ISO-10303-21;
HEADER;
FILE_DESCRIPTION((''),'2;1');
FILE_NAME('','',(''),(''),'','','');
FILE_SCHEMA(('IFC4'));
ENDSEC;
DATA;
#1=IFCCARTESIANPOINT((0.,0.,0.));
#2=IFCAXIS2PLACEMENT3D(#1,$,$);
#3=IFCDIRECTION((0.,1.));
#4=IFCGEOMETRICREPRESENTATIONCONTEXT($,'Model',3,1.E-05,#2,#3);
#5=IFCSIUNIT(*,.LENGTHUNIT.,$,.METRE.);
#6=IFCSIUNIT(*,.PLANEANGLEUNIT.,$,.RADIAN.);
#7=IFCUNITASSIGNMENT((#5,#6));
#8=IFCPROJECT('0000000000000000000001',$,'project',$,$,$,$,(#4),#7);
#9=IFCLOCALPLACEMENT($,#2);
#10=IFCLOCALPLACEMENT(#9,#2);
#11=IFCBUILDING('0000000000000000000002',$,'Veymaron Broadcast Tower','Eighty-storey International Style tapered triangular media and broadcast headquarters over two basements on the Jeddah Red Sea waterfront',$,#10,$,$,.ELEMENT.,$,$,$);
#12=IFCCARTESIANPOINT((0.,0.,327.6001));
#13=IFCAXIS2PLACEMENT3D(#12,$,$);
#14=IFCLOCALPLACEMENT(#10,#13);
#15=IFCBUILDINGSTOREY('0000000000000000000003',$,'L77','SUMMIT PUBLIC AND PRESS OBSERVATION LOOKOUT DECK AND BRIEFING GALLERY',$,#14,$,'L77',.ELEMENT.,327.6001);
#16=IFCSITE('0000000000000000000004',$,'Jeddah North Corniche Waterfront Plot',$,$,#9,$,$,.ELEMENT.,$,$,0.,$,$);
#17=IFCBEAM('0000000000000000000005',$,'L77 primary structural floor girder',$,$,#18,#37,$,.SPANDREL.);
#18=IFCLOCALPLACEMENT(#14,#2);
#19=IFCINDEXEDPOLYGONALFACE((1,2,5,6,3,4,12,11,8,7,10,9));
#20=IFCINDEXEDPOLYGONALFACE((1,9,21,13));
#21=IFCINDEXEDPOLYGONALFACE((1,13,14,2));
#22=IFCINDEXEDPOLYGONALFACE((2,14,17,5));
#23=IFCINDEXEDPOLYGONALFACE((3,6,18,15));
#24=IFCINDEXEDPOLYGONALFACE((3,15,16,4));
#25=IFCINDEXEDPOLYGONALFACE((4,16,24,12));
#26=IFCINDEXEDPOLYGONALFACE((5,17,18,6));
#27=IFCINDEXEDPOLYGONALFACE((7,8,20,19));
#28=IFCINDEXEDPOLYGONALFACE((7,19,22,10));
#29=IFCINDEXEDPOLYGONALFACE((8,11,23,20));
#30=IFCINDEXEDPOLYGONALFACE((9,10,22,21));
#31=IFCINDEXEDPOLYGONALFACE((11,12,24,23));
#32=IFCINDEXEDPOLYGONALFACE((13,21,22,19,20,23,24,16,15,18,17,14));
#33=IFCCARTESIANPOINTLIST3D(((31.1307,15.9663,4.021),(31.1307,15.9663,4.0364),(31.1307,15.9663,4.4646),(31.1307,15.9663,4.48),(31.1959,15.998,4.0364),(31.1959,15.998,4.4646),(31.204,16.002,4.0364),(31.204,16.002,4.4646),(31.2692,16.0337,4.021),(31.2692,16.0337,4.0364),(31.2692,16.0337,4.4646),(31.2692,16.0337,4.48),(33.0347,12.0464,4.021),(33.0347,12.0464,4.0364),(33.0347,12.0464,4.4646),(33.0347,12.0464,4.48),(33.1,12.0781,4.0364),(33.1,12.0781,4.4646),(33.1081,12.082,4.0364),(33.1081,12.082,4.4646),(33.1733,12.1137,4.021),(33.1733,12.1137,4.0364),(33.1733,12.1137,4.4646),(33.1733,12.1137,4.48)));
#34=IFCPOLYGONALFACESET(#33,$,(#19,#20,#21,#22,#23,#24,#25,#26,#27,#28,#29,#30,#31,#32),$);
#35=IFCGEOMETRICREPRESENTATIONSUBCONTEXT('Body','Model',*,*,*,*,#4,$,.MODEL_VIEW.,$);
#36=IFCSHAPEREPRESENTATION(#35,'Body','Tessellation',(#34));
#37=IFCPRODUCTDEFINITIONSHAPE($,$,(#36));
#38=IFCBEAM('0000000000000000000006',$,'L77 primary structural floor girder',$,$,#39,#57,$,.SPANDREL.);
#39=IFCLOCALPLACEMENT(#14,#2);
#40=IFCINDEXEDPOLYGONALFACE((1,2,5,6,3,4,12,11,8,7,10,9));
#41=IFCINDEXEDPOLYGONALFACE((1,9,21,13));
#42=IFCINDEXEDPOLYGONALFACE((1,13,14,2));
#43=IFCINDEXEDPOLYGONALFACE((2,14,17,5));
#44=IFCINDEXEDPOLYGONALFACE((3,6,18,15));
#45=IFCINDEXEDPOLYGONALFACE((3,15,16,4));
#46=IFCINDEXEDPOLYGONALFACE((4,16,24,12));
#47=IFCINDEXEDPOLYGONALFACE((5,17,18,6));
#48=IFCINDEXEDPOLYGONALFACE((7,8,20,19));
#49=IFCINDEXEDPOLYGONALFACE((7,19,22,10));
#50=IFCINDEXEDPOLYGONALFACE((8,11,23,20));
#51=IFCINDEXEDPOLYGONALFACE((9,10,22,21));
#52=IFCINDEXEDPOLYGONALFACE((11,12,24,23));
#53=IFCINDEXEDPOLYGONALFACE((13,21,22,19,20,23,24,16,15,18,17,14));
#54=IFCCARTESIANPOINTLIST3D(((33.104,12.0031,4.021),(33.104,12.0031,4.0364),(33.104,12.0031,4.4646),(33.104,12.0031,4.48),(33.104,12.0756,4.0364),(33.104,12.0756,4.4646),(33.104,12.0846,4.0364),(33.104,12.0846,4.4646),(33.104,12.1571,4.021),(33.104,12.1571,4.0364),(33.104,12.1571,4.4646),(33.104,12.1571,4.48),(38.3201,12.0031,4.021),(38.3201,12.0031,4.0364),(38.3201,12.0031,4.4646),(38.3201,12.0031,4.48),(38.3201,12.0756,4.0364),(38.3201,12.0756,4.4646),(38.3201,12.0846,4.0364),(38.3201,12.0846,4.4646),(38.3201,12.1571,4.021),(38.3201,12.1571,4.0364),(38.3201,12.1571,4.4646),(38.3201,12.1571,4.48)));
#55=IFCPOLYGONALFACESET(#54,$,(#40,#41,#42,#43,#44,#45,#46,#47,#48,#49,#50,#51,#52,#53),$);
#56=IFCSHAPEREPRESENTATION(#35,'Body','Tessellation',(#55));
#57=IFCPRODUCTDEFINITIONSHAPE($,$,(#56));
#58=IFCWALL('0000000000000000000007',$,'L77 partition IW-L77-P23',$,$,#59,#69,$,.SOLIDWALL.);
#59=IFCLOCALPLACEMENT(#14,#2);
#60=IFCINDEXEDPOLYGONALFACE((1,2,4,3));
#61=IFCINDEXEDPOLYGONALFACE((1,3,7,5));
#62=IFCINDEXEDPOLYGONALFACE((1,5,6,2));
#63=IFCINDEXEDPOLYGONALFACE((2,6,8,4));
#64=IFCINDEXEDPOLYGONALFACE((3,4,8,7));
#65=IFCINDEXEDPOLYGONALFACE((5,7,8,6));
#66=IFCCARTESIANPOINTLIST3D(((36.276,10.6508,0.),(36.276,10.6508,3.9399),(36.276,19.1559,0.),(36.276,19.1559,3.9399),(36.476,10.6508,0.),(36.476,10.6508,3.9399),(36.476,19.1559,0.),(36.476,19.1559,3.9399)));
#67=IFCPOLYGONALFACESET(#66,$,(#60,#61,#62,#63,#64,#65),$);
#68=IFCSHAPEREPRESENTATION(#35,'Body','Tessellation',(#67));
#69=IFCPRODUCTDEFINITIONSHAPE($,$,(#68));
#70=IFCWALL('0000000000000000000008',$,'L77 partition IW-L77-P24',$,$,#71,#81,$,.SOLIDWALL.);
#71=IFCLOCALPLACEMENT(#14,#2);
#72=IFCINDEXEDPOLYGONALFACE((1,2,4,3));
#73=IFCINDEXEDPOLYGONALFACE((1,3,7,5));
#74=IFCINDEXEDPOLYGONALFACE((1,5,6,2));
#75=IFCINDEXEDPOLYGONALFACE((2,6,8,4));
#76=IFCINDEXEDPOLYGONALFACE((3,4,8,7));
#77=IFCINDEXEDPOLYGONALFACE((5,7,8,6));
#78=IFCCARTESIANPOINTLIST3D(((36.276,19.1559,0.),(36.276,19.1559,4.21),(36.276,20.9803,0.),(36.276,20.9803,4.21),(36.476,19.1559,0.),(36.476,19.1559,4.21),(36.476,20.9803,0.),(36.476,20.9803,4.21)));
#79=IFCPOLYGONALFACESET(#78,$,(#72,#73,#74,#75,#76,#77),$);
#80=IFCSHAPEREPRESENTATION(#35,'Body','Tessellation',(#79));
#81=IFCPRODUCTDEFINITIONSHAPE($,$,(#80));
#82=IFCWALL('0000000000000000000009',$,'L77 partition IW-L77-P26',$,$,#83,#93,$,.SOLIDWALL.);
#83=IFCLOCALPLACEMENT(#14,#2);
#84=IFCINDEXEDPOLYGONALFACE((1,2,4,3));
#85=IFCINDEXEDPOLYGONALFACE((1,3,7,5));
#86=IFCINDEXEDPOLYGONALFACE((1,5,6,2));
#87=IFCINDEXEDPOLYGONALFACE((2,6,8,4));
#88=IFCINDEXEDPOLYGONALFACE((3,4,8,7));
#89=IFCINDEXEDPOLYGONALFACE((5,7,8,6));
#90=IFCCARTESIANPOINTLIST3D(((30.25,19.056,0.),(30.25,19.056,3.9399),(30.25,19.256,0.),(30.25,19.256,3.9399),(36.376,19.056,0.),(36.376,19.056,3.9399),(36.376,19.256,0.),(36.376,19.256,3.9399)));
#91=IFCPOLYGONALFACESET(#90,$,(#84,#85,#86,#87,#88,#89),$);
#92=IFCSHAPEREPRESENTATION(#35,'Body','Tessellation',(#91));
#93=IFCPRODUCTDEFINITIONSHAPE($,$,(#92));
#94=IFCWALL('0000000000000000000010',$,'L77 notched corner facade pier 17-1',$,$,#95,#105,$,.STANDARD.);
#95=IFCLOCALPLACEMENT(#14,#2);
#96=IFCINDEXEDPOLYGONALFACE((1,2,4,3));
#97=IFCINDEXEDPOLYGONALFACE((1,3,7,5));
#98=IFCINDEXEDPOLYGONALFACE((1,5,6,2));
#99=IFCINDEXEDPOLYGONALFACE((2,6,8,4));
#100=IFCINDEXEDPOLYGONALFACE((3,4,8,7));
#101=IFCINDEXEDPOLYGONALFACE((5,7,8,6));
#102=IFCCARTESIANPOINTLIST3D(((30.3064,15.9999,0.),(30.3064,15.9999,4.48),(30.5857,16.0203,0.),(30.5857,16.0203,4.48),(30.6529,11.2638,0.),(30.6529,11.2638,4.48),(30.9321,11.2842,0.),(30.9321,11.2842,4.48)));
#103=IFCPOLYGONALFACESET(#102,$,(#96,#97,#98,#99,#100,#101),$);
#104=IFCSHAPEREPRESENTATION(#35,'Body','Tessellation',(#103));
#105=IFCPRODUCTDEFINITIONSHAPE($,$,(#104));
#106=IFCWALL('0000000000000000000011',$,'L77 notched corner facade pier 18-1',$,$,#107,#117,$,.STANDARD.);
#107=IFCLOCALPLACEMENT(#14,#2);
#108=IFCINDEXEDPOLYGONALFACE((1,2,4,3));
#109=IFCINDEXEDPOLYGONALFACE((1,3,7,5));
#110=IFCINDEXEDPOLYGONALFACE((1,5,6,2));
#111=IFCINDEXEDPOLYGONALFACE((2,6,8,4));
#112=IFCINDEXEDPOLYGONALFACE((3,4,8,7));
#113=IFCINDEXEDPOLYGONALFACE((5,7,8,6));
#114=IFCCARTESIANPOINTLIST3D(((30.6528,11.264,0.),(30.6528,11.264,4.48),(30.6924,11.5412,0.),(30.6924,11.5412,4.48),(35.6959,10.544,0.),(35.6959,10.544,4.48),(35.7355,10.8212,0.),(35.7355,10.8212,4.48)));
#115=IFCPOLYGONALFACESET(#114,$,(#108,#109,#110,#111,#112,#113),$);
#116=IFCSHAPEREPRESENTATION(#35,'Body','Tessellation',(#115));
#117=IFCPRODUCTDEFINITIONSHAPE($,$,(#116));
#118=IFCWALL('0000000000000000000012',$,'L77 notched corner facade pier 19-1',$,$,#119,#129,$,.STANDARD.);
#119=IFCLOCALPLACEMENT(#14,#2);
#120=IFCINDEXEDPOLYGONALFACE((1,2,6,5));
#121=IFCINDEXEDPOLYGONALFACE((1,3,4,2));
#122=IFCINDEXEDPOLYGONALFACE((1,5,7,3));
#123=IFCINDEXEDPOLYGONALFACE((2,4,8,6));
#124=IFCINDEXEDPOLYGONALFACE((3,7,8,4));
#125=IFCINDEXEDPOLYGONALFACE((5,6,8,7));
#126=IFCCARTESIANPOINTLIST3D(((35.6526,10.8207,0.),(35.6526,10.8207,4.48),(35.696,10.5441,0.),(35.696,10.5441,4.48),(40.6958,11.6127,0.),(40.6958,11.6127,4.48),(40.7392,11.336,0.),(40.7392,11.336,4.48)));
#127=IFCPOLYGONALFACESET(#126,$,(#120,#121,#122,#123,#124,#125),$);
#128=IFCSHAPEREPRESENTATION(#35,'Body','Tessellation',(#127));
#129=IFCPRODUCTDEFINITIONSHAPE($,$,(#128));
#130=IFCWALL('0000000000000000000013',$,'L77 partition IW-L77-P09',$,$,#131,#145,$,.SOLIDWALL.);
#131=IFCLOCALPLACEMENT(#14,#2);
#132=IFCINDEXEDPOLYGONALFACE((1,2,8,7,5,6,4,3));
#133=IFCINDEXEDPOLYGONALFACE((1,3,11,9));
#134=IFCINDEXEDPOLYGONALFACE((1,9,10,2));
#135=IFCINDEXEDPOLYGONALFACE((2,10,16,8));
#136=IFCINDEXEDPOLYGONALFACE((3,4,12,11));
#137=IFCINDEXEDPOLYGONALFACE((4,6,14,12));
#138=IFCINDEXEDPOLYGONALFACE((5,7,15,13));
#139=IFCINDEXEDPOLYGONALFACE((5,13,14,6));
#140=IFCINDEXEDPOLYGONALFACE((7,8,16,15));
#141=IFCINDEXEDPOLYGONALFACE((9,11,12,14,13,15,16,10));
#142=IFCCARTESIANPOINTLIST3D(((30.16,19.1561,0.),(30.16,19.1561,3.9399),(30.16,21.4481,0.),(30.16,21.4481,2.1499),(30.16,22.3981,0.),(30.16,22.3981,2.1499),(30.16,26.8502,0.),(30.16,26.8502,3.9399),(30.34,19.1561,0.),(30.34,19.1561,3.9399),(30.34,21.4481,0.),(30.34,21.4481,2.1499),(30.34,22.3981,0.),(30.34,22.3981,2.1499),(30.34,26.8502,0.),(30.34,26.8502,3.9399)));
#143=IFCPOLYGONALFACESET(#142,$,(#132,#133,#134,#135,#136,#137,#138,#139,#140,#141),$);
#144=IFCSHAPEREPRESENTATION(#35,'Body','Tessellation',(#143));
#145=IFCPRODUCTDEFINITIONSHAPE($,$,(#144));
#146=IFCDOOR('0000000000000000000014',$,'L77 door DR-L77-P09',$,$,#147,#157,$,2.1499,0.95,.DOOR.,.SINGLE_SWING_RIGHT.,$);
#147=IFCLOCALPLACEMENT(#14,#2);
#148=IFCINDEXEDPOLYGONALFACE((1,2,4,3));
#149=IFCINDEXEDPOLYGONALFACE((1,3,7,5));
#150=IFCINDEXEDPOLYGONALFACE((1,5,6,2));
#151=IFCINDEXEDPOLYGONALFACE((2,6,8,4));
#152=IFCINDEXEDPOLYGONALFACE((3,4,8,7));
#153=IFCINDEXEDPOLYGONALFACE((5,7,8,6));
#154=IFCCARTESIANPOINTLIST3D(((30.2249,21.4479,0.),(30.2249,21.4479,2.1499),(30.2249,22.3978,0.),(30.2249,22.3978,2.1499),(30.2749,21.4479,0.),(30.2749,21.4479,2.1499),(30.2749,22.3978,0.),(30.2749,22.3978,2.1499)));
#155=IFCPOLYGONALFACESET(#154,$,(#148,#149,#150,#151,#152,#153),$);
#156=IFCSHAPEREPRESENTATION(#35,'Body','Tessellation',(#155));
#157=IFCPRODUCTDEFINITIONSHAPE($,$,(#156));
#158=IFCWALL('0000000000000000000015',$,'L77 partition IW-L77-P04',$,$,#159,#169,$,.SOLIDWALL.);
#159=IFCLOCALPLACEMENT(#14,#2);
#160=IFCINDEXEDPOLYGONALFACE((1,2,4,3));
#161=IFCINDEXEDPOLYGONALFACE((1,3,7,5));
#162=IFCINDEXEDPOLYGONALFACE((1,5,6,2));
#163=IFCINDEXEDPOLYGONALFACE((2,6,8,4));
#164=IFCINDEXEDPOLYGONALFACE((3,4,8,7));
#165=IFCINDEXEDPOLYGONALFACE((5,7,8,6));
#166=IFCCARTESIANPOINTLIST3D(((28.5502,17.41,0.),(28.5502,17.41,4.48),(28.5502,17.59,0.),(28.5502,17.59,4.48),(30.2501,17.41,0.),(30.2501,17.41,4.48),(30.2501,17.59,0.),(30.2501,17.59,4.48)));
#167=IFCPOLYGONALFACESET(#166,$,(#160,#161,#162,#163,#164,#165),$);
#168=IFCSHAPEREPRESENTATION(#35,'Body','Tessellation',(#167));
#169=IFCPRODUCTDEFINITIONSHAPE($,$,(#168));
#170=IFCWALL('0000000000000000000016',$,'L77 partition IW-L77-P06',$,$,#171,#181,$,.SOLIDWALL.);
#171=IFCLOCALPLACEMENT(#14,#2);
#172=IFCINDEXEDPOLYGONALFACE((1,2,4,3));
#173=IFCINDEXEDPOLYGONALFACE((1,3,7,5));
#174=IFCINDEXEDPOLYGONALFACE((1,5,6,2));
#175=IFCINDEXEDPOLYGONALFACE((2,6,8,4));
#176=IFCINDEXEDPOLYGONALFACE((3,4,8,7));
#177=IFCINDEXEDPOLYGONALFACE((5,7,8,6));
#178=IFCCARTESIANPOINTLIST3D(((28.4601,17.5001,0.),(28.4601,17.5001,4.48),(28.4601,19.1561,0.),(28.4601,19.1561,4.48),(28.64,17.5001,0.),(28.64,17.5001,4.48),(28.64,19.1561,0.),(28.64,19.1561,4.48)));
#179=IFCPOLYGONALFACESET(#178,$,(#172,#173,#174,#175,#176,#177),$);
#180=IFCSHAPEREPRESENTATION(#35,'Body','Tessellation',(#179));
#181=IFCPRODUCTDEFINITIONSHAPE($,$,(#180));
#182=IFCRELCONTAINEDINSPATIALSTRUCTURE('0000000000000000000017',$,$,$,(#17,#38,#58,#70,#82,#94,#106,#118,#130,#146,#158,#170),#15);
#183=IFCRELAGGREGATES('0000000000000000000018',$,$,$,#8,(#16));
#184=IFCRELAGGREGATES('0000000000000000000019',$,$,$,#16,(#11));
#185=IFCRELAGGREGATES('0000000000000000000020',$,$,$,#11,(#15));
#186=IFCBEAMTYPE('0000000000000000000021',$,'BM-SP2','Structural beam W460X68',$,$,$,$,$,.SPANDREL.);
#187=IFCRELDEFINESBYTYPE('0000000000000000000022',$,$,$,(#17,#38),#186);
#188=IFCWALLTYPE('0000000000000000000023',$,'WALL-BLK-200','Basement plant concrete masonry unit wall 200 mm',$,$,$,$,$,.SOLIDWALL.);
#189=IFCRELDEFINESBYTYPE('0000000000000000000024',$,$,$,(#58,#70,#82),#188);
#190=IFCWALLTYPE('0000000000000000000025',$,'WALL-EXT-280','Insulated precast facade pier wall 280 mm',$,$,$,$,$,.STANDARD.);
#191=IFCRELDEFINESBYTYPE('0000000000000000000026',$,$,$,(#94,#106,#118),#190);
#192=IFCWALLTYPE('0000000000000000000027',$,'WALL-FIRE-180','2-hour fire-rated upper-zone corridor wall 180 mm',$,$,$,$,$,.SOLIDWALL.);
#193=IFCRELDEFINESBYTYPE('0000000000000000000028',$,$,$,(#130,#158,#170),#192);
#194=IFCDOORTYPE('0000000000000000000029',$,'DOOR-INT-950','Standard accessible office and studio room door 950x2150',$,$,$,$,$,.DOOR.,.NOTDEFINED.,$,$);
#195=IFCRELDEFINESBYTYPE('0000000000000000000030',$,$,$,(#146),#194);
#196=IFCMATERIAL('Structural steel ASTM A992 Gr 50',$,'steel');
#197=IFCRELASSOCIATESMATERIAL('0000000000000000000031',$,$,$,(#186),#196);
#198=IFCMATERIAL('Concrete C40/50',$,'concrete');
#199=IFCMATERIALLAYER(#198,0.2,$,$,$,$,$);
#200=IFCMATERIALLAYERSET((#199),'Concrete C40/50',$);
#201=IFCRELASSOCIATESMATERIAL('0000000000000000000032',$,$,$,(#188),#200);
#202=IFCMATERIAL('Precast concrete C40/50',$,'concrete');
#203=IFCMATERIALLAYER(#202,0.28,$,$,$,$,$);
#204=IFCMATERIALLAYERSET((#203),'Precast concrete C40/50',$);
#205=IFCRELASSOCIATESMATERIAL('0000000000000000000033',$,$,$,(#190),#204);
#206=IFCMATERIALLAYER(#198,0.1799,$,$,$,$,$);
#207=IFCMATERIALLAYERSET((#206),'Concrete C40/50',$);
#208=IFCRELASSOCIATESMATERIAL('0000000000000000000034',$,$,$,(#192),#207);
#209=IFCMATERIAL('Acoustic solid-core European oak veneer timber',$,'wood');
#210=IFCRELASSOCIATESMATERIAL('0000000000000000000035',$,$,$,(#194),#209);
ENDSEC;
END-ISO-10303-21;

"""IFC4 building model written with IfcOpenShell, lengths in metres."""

from ifc_helpers import new_model, si_unit, direction, frame, frame_2d, origin, origin_2d, place, context, subcontext, project, spatial, rectangle, i_section, extrude, material, layer, layer_set, material_profile, profile_set, type_object, element, fill, save


model = new_model("IFC4")

# Units and contexts
model_context = context("Model", 3, precision=1e-05, world=origin(), true_north=direction((0.0, 1.0)))
body_context = subcontext(model_context, "Body", "Model", "MODEL_VIEW")
ifc_project = project(units=[si_unit("LENGTHUNIT", "METRE"), si_unit("PLANEANGLEUNIT", "RADIAN")], contexts=[model_context])

# Site, building, storey
site_placement = place(None, origin())
site = spatial("IfcSite", under=ifc_project, at=site_placement, Name="Jeddah North Corniche Waterfront Plot", CompositionType="ELEMENT", RefElevation=0.0)
building_placement = place(site_placement, origin())
building = spatial("IfcBuilding", under=site, at=building_placement, Name="Veymaron Broadcast Tower", Description="Eighty-storey International Style tapered triangular media and broadcast headquarters over two basements on the Jeddah Red Sea waterfront", CompositionType="ELEMENT")
storey_placement = place(building_placement, frame((0.0, 0.0, 327.6001)))
storey = spatial("IfcBuildingStorey", under=building, at=storey_placement, Name="L77", Description="SUMMIT PUBLIC AND PRESS OBSERVATION LOOKOUT DECK AND BRIEFING GALLERY", LongName="L77", CompositionType="ELEMENT", Elevation=327.6001)

# Shared definitions
ifc_material_1 = material(Name="Structural steel ASTM A992 Gr 50", Category="steel")

# Beams
ifc_material_profile_1 = material_profile(ifc_material_1, i_section(OverallWidth=0.1541, OverallDepth=0.459, WebThickness=0.009, FlangeThickness=0.0154, at=origin_2d()), Name="W460X68")
ifc_profile_set_1 = profile_set([ifc_material_profile_1], Name="Structural steel ASTM A992 Gr 50")
beam_type_1 = type_object("IfcBeamType", Name="BM-SP2", Description="Structural beam W460X68", PredefinedType="SPANDREL", material=ifc_profile_set_1)
beam_1_placement = place(storey_placement, frame((31.2, 16.0, 4.2505), z_axis=(0.436921, -0.8995, 0.0), x_axis=(0.8995, 0.436921, 0.0)))
element("IfcBeam", 1, at=beam_1_placement, inside=storey, type_object=beam_type_1, Name="L77 primary structural floor girder", PredefinedType="SPANDREL", context=body_context, shape_type="SweptSolid", body=[
    extrude(i_section(OverallWidth=0.1541, OverallDepth=0.459, WebThickness=0.009, FlangeThickness=0.0154, at=origin_2d()), origin(), (0.0, 0.0, 1.0), 4.3579),
])
beam_2_placement = place(storey_placement, frame((33.104, 12.0801, 4.2505), z_axis=(1.0, 0.0, 0.0), x_axis=(0.0, 1.0, 0.0)))
element("IfcBeam", 2, at=beam_2_placement, inside=storey, type_object=beam_type_1, Name="L77 primary structural floor girder", PredefinedType="SPANDREL", context=body_context, shape_type="SweptSolid", body=[
    extrude(i_section(OverallWidth=0.1541, OverallDepth=0.459, WebThickness=0.009, FlangeThickness=0.0154, at=origin_2d()), origin(), (0.0, 0.0, 1.0), 5.2161),
])

# Walls
ifc_material_2 = material(Name="Concrete C40/50", Category="concrete")
ifc_layer_1 = layer(ifc_material_2, 0.2)
ifc_layer_set_1 = layer_set([ifc_layer_1], Name="Concrete C40/50")
wall_type_1 = type_object("IfcWallType", Name="WALL-BLK-200", Description="Basement plant concrete masonry unit wall 200 mm", PredefinedType="SOLIDWALL", material=ifc_layer_set_1)
wall_1_placement = place(storey_placement, frame((36.376, 10.6509, 0.0), z_axis=(0.0, 0.0, 1.0), x_axis=(0.0, 1.0, 0.0)))
element("IfcWall", 3, at=wall_1_placement, inside=storey, type_object=wall_type_1, Name="L77 partition IW-L77-P23", PredefinedType="SOLIDWALL", context=body_context, shape_type="SweptSolid", body=[
    extrude(rectangle(XDim=8.5051, YDim=0.2, at=frame_2d((4.2524, 0.0))), origin(), (0.0, 0.0, 1.0), 3.9399),
])
wall_2_placement = place(storey_placement, frame((36.376, 19.156, 0.0), z_axis=(0.0, 0.0, 1.0), x_axis=(0.0, 1.0, 0.0)))
element("IfcWall", 4, at=wall_2_placement, inside=storey, type_object=wall_type_1, Name="L77 partition IW-L77-P24", PredefinedType="SOLIDWALL", context=body_context, shape_type="SweptSolid", body=[
    extrude(rectangle(XDim=1.8245, YDim=0.2, at=frame_2d((0.9121, 0.0))), origin(), (0.0, 0.0, 1.0), 4.21),
])
wall_3_placement = place(storey_placement, frame((30.25, 19.156, 0.0), z_axis=(0.0, 0.0, 1.0), x_axis=(1.0, 0.0, 0.0)))
element("IfcWall", 5, at=wall_3_placement, inside=storey, type_object=wall_type_1, Name="L77 partition IW-L77-P26", PredefinedType="SOLIDWALL", context=body_context, shape_type="SweptSolid", body=[
    extrude(rectangle(XDim=6.126, YDim=0.2, at=frame_2d((3.063, 0.0))), origin(), (0.0, 0.0, 1.0), 3.9399),
])
ifc_material_3 = material(Name="Precast concrete C40/50", Category="concrete")
ifc_layer_2 = layer(ifc_material_3, 0.28)
ifc_layer_set_2 = layer_set([ifc_layer_2], Name="Precast concrete C40/50")
wall_type_2 = type_object("IfcWallType", Name="WALL-EXT-280", Description="Insulated precast facade pier wall 280 mm", PredefinedType="STANDARD", material=ifc_layer_set_2)
wall_4_placement = place(storey_placement, frame((30.446, 16.0103, 0.0), z_axis=(0.0, 0.0, 1.0), x_axis=(0.072953, -0.997335, 0.0)))
element("IfcWall", 6, at=wall_4_placement, inside=storey, type_object=wall_type_2, Name="L77 notched corner facade pier 17-1", PredefinedType="STANDARD", context=body_context, shape_type="SweptSolid", body=[
    extrude(rectangle(XDim=4.7488, YDim=0.28, at=frame_2d((2.3745, 0.0))), origin(), (0.0, 0.0, 1.0), 4.48),
])
wall_5_placement = place(storey_placement, frame((30.6726, 11.4026, 0.0), z_axis=(0.0, 0.0, 1.0), x_axis=(0.989963, -0.141327, 0.0)))
element("IfcWall", 7, at=wall_5_placement, inside=storey, type_object=wall_type_2, Name="L77 notched corner facade pier 18-1", PredefinedType="STANDARD", context=body_context, shape_type="SweptSolid", body=[
    extrude(rectangle(XDim=5.0942, YDim=0.28, at=frame_2d((2.5471, 0.0))), origin(), (0.0, 0.0, 1.0), 4.48),
])
wall_6_placement = place(storey_placement, frame((35.6743, 10.6824, 0.0), z_axis=(0.0, 0.0, 1.0), x_axis=(0.987893, 0.15514, 0.0)))
element("IfcWall", 8, at=wall_6_placement, inside=storey, type_object=wall_type_2, Name="L77 notched corner facade pier 19-1", PredefinedType="STANDARD", context=body_context, shape_type="SweptSolid", body=[
    extrude(rectangle(XDim=5.105, YDim=0.28, at=frame_2d((2.5525, 0.0))), origin(), (0.0, 0.0, 1.0), 4.48),
])

# Wall, opening, door
ifc_layer_3 = layer(ifc_material_2, 0.1799)
ifc_layer_set_3 = layer_set([ifc_layer_3], Name="Concrete C40/50")
wall_type_3 = type_object("IfcWallType", Name="WALL-FIRE-180", Description="2-hour fire-rated upper-zone corridor wall 180 mm", PredefinedType="SOLIDWALL", material=ifc_layer_set_3)
ifc_material_4 = material(Name="Acoustic solid-core European oak veneer timber", Category="wood")
door_type_1 = type_object("IfcDoorType", Name="DOOR-INT-950", Description="Standard accessible office and studio room door 950x2150", OperationType="NOTDEFINED", PredefinedType="DOOR", material=ifc_material_4)
wall_7_placement = place(storey_placement, frame((30.25, 19.156, 0.0), z_axis=(0.0, 0.0, 1.0), x_axis=(0.0, 1.0, 0.0)))
wall_7 = element("IfcWall", 9, at=wall_7_placement, inside=storey, type_object=wall_type_3, Name="L77 partition IW-L77-P09", PredefinedType="SOLIDWALL", context=body_context, shape_type="SweptSolid", body=[
    extrude(rectangle(XDim=7.6941, YDim=0.1799, at=frame_2d((3.8472, 0.0))), origin(), (0.0, 0.0, 1.0), 3.9399),
])
opening_1_placement = place(wall_7_placement, frame((2.292, 0.0, 0.0)))
opening_1 = element("IfcOpeningElement", 10, at=opening_1_placement, cuts=wall_7, PredefinedType="OPENING", context=body_context, shape_type="SweptSolid", body=[
    extrude(rectangle(XDim=0.95, YDim=2.1499, at=frame_2d((0.4751, 1.075))), frame((0.0, 0.1001, 0.0), z_axis=(0.0, -1.0, 0.0), x_axis=(1.0, 0.0, 0.0)), (0.0, 0.0, 1.0), 0.2),
])
door_1_placement = place(opening_1_placement, frame((0.95, 0.0, 0.0), z_axis=(0.0, 0.0, 1.0), x_axis=(-1.0, 0.0, 0.0)))
door_1 = element("IfcDoor", 11, at=door_1_placement, inside=storey, type_object=door_type_1, Name="L77 door DR-L77-P09", OperationType="SINGLE_SWING_RIGHT", OverallHeight=2.1499, OverallWidth=0.95, PredefinedType="DOOR", context=body_context, shape_type="SweptSolid", body=[
    extrude(rectangle(XDim=0.95, YDim=2.1499, at=frame_2d((0.4751, 1.075))), frame((0.0, 0.0249, 0.0), z_axis=(0.0, -1.0, 0.0), x_axis=(1.0, 0.0, 0.0)), (0.0, 0.0, 1.0), 0.05),
])
fill(opening_1, door_1)

# Walls
wall_8_placement = place(storey_placement, frame((28.55, 17.5, 0.0), z_axis=(0.0, 0.0, 1.0), x_axis=(1.0, 0.0, 0.0)))
element("IfcWall", 12, at=wall_8_placement, inside=storey, type_object=wall_type_3, Name="L77 partition IW-L77-P04", PredefinedType="SOLIDWALL", context=body_context, shape_type="SweptSolid", body=[
    extrude(rectangle(XDim=1.7, YDim=0.1799, at=frame_2d((0.8501, 0.0))), origin(), (0.0, 0.0, 1.0), 4.48),
])
wall_9_placement = place(storey_placement, frame((28.55, 17.5, 0.0), z_axis=(0.0, 0.0, 1.0), x_axis=(0.0, 1.0, 0.0)))
element("IfcWall", 13, at=wall_9_placement, inside=storey, type_object=wall_type_3, Name="L77 partition IW-L77-P06", PredefinedType="SOLIDWALL", context=body_context, shape_type="SweptSolid", body=[
    extrude(rectangle(XDim=1.656, YDim=0.1799, at=frame_2d((0.8281, 0.0))), origin(), (0.0, 0.0, 1.0), 4.48),
])

save(model, "model.ifc")
